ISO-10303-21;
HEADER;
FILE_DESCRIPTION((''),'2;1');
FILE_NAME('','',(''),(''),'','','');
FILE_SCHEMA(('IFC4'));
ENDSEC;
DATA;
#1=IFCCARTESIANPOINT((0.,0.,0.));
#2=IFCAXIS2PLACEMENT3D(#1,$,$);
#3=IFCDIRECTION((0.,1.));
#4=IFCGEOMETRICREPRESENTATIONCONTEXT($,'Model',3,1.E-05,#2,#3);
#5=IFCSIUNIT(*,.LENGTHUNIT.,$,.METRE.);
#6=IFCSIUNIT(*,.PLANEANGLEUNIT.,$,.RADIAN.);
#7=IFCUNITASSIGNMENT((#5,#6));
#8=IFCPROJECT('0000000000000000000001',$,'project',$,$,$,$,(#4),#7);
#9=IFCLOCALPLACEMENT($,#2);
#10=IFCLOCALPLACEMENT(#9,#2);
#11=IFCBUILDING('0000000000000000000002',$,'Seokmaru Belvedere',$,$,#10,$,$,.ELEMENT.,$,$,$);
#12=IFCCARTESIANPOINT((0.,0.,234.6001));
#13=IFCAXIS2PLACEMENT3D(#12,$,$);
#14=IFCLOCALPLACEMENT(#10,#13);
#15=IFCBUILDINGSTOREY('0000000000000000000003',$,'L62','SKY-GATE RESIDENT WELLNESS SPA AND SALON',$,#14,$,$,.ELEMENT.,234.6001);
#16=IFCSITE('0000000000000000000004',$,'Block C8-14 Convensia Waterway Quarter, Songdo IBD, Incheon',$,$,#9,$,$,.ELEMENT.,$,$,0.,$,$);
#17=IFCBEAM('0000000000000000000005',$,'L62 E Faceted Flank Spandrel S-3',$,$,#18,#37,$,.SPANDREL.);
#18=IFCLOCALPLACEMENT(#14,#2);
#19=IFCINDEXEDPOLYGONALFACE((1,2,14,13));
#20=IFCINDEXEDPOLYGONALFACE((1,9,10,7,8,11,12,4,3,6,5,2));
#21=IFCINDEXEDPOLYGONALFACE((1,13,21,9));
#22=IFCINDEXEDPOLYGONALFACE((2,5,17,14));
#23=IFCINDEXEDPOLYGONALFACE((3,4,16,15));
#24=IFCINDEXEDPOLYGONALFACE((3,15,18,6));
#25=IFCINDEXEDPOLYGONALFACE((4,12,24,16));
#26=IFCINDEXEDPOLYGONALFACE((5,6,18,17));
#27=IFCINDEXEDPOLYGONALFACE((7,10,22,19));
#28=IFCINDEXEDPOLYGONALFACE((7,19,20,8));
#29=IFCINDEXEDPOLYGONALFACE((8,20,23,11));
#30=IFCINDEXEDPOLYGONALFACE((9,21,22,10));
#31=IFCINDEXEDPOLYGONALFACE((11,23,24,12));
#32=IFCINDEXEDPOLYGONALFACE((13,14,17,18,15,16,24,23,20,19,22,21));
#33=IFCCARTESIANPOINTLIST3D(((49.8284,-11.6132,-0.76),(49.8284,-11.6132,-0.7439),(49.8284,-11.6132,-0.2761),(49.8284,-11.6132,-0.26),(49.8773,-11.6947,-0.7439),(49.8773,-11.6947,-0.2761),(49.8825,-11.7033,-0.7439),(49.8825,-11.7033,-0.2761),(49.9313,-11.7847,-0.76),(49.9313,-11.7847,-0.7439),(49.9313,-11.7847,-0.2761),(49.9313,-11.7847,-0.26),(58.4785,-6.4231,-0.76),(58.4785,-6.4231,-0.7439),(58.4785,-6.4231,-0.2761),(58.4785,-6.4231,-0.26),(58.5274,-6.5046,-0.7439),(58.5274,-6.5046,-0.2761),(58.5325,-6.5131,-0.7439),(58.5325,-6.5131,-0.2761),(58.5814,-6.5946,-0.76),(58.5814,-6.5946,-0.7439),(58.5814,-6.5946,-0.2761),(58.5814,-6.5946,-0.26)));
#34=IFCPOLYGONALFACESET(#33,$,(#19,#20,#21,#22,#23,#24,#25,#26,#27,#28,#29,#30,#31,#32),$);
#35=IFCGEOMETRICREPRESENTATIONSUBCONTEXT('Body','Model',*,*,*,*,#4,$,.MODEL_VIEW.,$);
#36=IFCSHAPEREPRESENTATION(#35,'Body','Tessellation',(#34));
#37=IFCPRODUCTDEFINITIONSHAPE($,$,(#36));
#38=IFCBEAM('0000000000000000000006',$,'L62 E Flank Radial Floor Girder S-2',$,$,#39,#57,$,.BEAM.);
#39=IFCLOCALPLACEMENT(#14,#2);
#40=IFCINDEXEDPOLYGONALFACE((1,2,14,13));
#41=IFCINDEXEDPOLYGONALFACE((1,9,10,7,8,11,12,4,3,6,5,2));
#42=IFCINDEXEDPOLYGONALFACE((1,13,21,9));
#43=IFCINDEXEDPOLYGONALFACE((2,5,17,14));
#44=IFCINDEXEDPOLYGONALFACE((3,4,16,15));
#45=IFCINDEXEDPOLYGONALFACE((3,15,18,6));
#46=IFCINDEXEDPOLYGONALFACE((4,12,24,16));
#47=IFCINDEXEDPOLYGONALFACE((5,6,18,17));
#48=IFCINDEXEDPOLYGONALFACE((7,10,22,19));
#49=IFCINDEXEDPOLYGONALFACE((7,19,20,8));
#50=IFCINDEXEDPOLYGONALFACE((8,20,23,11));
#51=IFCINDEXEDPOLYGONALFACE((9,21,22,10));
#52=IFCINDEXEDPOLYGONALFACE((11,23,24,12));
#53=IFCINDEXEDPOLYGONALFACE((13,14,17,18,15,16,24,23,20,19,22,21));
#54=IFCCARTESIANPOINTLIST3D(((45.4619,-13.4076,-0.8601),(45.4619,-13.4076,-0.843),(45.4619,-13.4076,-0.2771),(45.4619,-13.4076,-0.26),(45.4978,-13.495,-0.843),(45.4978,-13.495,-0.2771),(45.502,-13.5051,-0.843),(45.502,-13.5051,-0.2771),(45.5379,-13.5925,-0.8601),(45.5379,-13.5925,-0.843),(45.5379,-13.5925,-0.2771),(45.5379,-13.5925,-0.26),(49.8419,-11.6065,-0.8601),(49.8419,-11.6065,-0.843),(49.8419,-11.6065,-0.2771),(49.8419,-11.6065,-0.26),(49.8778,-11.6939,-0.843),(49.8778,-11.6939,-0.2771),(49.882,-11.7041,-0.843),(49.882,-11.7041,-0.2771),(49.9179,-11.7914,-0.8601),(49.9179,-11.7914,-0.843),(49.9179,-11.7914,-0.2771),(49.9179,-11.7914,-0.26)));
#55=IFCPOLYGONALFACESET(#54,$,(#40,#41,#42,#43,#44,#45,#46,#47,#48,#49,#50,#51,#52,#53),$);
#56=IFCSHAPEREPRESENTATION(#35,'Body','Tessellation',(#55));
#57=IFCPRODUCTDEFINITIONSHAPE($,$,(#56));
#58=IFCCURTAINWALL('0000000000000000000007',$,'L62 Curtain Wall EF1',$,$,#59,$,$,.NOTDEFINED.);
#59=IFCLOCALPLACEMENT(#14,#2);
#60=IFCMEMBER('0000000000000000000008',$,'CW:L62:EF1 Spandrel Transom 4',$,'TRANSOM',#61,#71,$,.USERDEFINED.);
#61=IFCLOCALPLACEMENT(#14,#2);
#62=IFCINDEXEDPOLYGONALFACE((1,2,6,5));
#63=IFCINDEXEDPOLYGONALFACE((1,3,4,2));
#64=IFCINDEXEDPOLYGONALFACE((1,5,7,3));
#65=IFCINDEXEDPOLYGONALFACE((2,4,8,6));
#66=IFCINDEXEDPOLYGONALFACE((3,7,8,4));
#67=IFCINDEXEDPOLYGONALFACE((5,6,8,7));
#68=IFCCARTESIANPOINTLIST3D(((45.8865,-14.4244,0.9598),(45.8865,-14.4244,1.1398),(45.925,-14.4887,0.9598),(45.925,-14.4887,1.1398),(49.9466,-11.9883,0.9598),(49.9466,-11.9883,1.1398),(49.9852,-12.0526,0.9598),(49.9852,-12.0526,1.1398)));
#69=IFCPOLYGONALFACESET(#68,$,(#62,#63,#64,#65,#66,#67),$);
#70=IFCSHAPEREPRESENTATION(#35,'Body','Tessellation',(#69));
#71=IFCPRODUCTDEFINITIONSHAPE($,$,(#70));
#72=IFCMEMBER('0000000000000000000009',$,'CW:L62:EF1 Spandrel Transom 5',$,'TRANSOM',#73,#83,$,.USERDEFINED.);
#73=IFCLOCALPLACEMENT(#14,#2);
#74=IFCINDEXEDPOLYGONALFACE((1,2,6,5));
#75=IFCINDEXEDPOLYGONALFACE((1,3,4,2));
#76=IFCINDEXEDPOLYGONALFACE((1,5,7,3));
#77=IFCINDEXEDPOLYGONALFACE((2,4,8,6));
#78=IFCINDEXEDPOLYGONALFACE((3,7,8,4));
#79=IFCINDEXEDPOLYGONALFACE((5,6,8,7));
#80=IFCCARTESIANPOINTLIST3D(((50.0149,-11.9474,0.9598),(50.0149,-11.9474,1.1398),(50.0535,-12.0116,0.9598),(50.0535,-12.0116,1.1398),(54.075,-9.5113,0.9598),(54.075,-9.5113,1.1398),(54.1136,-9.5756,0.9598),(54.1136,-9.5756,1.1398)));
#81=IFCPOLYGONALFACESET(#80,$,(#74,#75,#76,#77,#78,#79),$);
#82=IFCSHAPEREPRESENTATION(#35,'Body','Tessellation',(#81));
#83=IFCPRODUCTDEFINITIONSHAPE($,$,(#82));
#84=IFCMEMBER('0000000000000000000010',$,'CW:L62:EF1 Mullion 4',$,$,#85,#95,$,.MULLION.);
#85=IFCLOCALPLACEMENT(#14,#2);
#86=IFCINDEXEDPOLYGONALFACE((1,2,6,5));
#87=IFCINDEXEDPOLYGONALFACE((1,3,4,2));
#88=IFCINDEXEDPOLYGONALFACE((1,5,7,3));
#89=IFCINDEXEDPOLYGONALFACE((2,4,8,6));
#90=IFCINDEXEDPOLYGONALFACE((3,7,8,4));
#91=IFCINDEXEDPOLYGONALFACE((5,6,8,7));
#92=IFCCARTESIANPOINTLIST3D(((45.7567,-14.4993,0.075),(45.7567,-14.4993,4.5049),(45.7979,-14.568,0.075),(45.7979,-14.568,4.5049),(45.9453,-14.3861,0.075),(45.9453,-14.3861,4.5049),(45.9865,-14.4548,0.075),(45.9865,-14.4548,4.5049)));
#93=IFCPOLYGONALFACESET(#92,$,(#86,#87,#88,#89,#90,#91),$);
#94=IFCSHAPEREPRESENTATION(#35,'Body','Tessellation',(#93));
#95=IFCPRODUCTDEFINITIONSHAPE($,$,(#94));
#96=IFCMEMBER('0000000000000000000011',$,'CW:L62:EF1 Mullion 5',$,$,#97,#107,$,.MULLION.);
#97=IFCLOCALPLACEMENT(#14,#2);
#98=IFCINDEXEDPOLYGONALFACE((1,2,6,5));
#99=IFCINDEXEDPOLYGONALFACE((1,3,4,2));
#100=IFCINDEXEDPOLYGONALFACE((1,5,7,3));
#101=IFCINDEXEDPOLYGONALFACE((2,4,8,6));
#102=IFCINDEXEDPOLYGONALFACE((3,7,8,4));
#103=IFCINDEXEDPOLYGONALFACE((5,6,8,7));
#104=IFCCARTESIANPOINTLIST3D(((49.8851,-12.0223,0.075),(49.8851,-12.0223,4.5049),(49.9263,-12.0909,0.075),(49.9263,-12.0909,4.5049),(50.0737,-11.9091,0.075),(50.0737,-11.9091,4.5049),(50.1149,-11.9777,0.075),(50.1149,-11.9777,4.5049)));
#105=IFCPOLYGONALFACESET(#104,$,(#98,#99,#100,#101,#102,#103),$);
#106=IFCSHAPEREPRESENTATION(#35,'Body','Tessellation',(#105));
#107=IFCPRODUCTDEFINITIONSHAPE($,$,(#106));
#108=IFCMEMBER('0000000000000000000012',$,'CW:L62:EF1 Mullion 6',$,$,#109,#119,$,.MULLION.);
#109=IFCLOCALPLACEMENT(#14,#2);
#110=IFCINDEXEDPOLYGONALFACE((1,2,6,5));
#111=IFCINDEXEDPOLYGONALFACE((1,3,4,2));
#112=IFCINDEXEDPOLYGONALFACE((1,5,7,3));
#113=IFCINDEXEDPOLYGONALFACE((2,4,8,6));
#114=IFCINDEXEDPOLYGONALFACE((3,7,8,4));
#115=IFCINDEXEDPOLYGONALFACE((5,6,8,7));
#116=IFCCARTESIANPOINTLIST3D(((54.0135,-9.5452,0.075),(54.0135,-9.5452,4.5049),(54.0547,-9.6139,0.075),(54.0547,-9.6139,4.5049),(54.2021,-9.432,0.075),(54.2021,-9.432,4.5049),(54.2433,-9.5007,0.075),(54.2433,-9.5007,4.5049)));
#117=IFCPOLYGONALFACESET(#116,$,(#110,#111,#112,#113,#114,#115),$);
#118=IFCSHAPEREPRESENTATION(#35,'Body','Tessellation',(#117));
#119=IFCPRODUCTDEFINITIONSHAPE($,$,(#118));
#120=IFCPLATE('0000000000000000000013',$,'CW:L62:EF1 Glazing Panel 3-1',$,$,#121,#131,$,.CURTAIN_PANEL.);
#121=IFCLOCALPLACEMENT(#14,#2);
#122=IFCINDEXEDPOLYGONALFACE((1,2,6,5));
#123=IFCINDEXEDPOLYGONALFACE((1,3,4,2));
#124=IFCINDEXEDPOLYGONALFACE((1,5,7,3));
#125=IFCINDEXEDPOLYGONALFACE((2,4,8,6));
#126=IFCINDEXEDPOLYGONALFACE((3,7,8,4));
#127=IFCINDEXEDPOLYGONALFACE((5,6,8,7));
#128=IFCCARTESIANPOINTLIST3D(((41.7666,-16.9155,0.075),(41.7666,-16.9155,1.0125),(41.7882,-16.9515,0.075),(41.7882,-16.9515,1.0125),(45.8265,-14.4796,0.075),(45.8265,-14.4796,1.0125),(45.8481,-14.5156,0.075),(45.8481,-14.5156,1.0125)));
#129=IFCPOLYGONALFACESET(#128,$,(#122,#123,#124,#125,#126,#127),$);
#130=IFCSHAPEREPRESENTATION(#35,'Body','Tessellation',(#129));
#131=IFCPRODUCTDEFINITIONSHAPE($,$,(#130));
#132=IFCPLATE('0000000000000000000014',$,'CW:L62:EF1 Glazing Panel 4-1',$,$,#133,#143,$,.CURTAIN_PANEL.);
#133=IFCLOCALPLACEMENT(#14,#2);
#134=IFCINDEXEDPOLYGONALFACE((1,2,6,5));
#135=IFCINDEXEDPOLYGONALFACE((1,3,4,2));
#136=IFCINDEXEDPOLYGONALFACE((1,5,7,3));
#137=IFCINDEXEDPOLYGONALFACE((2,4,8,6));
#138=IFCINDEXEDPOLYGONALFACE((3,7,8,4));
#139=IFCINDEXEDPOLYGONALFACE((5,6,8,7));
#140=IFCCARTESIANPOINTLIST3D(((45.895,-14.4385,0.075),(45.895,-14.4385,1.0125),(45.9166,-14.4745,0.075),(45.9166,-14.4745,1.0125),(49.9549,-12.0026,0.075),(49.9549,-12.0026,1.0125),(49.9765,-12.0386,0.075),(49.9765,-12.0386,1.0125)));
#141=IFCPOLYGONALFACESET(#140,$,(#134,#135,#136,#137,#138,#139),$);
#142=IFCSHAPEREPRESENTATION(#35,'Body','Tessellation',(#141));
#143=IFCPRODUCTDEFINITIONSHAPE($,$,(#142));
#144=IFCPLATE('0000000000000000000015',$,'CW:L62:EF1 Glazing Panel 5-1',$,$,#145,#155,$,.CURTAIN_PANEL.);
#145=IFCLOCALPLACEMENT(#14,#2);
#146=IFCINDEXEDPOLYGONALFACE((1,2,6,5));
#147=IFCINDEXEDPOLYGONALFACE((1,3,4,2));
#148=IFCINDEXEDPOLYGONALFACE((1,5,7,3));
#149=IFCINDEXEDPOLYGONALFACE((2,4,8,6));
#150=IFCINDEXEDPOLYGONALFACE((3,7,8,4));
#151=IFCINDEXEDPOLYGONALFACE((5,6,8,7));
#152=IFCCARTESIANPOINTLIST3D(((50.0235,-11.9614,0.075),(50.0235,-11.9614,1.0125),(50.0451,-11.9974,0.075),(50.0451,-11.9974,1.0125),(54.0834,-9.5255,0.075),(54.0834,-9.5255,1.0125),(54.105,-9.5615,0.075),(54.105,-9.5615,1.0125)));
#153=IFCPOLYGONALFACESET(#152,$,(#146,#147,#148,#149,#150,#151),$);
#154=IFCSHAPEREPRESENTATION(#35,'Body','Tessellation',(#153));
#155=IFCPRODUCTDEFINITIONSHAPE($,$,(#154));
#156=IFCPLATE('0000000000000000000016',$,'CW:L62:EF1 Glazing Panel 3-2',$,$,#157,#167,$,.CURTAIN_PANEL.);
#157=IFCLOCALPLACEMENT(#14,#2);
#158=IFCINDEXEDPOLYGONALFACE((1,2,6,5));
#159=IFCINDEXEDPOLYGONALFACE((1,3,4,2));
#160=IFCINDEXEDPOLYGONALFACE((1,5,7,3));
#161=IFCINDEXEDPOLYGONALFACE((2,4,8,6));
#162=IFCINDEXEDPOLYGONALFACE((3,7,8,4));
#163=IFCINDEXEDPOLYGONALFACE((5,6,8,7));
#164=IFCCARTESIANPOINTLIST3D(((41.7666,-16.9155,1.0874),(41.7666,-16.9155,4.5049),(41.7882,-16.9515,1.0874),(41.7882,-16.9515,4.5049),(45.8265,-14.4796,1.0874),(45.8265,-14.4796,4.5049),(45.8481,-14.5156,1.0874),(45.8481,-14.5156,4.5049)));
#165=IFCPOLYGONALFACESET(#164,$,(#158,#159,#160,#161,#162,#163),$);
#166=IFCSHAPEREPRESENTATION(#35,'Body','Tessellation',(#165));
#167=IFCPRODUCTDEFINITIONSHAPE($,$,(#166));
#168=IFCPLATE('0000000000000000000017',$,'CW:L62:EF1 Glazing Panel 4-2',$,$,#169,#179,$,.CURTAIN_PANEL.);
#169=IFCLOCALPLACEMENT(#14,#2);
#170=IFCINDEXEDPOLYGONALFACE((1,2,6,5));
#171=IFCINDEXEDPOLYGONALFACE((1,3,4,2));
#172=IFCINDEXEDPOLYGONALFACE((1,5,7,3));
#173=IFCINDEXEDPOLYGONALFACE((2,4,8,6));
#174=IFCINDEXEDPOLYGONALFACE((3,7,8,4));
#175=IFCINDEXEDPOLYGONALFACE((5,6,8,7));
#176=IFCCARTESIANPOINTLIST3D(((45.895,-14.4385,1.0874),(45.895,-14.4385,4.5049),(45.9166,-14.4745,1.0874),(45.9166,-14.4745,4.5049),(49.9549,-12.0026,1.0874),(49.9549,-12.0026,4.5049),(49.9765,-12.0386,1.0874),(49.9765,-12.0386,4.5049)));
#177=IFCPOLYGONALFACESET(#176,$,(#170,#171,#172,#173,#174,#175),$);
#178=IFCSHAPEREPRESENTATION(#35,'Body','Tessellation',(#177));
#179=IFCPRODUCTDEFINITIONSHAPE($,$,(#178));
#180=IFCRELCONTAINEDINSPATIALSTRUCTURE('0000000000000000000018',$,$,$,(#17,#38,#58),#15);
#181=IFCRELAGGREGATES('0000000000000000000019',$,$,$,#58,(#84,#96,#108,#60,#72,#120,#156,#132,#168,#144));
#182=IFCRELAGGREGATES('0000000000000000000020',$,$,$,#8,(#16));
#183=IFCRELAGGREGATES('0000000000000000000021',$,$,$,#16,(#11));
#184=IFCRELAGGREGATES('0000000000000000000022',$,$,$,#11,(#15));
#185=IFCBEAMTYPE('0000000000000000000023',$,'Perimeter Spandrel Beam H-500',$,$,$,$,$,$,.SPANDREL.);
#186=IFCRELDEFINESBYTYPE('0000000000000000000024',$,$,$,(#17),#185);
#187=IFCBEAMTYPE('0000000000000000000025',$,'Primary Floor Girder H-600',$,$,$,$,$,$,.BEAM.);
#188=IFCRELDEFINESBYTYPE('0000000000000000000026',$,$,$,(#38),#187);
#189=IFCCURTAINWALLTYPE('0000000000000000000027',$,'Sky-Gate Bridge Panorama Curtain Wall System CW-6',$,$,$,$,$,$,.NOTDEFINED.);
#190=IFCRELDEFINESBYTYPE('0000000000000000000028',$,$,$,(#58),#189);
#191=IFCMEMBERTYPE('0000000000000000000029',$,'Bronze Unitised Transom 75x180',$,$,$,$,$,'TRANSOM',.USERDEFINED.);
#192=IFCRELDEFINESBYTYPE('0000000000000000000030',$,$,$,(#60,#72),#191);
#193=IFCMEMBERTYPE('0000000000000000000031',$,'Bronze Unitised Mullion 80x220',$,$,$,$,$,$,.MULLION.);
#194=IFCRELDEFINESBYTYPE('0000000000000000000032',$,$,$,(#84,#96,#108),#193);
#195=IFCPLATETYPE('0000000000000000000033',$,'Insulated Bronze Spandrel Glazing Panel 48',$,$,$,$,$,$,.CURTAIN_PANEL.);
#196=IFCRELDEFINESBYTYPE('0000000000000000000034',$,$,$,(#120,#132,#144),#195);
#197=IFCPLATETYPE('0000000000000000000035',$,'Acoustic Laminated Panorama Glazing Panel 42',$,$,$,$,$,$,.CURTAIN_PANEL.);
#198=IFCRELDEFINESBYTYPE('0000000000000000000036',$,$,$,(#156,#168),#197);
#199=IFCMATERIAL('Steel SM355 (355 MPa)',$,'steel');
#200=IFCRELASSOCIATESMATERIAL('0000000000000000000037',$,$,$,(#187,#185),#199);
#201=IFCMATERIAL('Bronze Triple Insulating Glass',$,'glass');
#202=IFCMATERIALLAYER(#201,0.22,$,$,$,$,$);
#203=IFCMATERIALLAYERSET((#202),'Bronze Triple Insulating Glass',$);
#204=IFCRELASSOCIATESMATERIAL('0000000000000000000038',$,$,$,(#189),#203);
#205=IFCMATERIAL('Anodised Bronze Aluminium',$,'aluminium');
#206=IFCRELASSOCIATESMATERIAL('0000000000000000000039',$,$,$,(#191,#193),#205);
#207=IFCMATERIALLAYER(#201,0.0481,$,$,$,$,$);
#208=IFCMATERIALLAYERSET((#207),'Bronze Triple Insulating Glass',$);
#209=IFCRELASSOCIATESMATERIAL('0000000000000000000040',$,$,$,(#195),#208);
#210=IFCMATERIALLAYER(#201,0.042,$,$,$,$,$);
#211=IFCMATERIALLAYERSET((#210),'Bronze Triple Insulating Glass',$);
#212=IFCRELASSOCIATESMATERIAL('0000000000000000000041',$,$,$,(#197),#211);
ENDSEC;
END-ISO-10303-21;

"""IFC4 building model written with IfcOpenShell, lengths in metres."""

from ifc_helpers import new_model, si_unit, direction, frame, origin, origin_2d, place, context, subcontext, project, spatial, rectangle, i_section, extrude, source, transform, mapped, material, layer, layer_set, material_profile, profile_set, type_object, type_shapes, element, aggregate, save


model = new_model("IFC4")

# Units and contexts
model_context = context("Model", 3, precision=1e-05, world=origin(), true_north=direction((0.0, 1.0)))
body_context = subcontext(model_context, "Body", "Model", "MODEL_VIEW")
ifc_project = project(units=[si_unit("LENGTHUNIT", "METRE"), si_unit("PLANEANGLEUNIT", "RADIAN")], contexts=[model_context])

# Site, building, storey
site_placement = place(None, origin())
site = spatial("IfcSite", under=ifc_project, at=site_placement, Name="Block C8-14 Convensia Waterway Quarter, Songdo IBD, Incheon", CompositionType="ELEMENT", RefElevation=0.0)
building_placement = place(site_placement, origin())
building = spatial("IfcBuilding", under=site, at=building_placement, Name="Seokmaru Belvedere", CompositionType="ELEMENT")
storey_placement = place(building_placement, frame((0.0, 0.0, 234.6001)))
storey = spatial("IfcBuildingStorey", under=building, at=storey_placement, Name="L62", Description="SKY-GATE RESIDENT WELLNESS SPA AND SALON", CompositionType="ELEMENT", Elevation=234.6001)

# Shared definitions
ifc_material_1 = material(Name="Steel SM355 (355 MPa)", Category="steel")

# Beams
ifc_material_profile_1 = material_profile(ifc_material_1, i_section(OverallWidth=0.2, OverallDepth=0.6001, WebThickness=0.011, FlangeThickness=0.0171, at=origin_2d()), Name="H-600x200x11x17")
ifc_profile_set_1 = profile_set([ifc_material_profile_1], Name="Steel SM355 (355 MPa)")
beam_type_1 = type_object("IfcBeamType", Name="Primary Floor Girder H-600", PredefinedType="BEAM", material=ifc_profile_set_1)
ifc_material_profile_2 = material_profile(ifc_material_1, i_section(OverallWidth=0.2, OverallDepth=0.5, WebThickness=0.01, FlangeThickness=0.0161, at=origin_2d()), Name="H-500x200x10x16")
ifc_profile_set_2 = profile_set([ifc_material_profile_2], Name="Steel SM355 (355 MPa)")
beam_type_2 = type_object("IfcBeamType", Name="Perimeter Spandrel Beam H-500", PredefinedType="SPANDREL", material=ifc_profile_set_2)
shared_shape_1 = source(origin(), body_context, "Body", "SweptSolid", [
    extrude(i_section(OverallWidth=0.2, OverallDepth=0.5, WebThickness=0.01, FlangeThickness=0.0161, at=origin_2d()), origin(), (0.0, 0.0, 1.0), 10.0876),
])
type_shapes(beam_type_2, [shared_shape_1])
beam_1_placement = place(storey_placement, frame((49.8799, -11.699, -0.51), z_axis=(0.857489, 0.514503, 0.0), x_axis=(-0.514503, 0.857489, 0.0)))
element("IfcBeam", 1, at=beam_1_placement, inside=storey, type_object=beam_type_2, Name="L62 E Faceted Flank Spandrel S-3", PredefinedType="SPANDREL", context=body_context, shape_type="MappedRepresentation", body=[
    mapped(shared_shape_1, transform((0.0, 0.0, 0.0), scale=1.0)),
])
shared_shape_2 = source(origin(), body_context, "Body", "SweptSolid", [
    extrude(i_section(OverallWidth=0.2, OverallDepth=0.6001, WebThickness=0.011, FlangeThickness=0.0171, at=origin_2d()), origin(), (0.0, 0.0, 1.0), 4.7358),
])
beam_2_placement = place(storey_placement, frame((49.8799, -11.699, -0.5601), z_axis=(-0.924861, -0.380306, 0.0), x_axis=(0.380306, -0.924861, 0.0)))
element("IfcBeam", 2, at=beam_2_placement, inside=storey, type_object=beam_type_1, Name="L62 E Flank Radial Floor Girder S-2", PredefinedType="BEAM", context=body_context, shape_type="MappedRepresentation", body=[
    mapped(shared_shape_2, transform((0.0, 0.0, 0.0), scale=1.0)),
])

# Curtain wall, members, plates
ifc_material_2 = material(Name="Bronze Triple Insulating Glass", Category="glass")
ifc_layer_1 = layer(ifc_material_2, 0.22)
ifc_layer_set_1 = layer_set([ifc_layer_1], Name="Bronze Triple Insulating Glass")
curtain_wall_type = type_object("IfcCurtainWallType", Name="Sky-Gate Bridge Panorama Curtain Wall System CW-6", PredefinedType="NOTDEFINED", material=ifc_layer_set_1)
curtain_wall_placement = place(storey_placement, origin())
curtain_wall = element("IfcCurtainWall", 3, at=curtain_wall_placement, inside=storey, type_object=curtain_wall_type, Name="L62 Curtain Wall EF1", PredefinedType="NOTDEFINED")
ifc_material_3 = material(Name="Anodised Bronze Aluminium", Category="aluminium")
ifc_material_profile_3 = material_profile(ifc_material_3, rectangle(XDim=0.075, YDim=0.1799, at=origin_2d()), Name="CW-T-75x180")
ifc_profile_set_3 = profile_set([ifc_material_profile_3], Name="Anodised Bronze Aluminium")
member_type_1 = type_object("IfcMemberType", Name="Bronze Unitised Transom 75x180", ElementType="TRANSOM", PredefinedType="USERDEFINED", material=ifc_profile_set_3)
shared_shape_3 = source(origin(), body_context, "Body", "SweptSolid", [
    extrude(rectangle(XDim=0.075, YDim=0.1799, at=origin_2d()), origin(), (0.0, 0.0, 1.0), 4.7349),
])
type_shapes(member_type_1, [shared_shape_3])
member_1_placement = place(storey_placement, frame((45.9058, -14.4565, 1.0498), z_axis=(0.857493, 0.514496, 0.0), x_axis=(-0.514496, 0.857493, 0.0)))
member_1 = element("IfcMember", 4, at=member_1_placement, type_object=member_type_1, Name="CW:L62:EF1 Spandrel Transom 4", ObjectType="TRANSOM", PredefinedType="USERDEFINED", context=body_context, shape_type="MappedRepresentation", body=[
    mapped(shared_shape_3, transform((0.0, 0.0, 0.0), scale=1.0)),
])
member_2_placement = place(storey_placement, frame((50.0342, -11.9795, 1.0498), z_axis=(0.857493, 0.514496, 0.0), x_axis=(-0.514496, 0.857493, 0.0)))
member_2 = element("IfcMember", 5, at=member_2_placement, type_object=member_type_1, Name="CW:L62:EF1 Spandrel Transom 5", ObjectType="TRANSOM", PredefinedType="USERDEFINED", context=body_context, shape_type="MappedRepresentation", body=[
    mapped(shared_shape_3, transform((0.0, 0.0, 0.0), scale=1.0)),
])
ifc_material_profile_4 = material_profile(ifc_material_3, rectangle(XDim=0.0801, YDim=0.22, at=origin_2d()), Name="CW-M-80x220")
ifc_profile_set_4 = profile_set([ifc_material_profile_4], Name="Anodised Bronze Aluminium")
member_type_2 = type_object("IfcMemberType", Name="Bronze Unitised Mullion 80x220", PredefinedType="MULLION", material=ifc_profile_set_4)
shared_shape_4 = source(origin(), body_context, "Body", "SweptSolid", [
    extrude(rectangle(XDim=0.0801, YDim=0.22, at=origin_2d()), origin(), (0.0, 0.0, 1.0), 4.4299),
])
type_shapes(member_type_2, [shared_shape_4])
member_3_placement = place(storey_placement, frame((45.8716, -14.4771, 0.075), z_axis=(0.0, 0.0, 1.0), x_axis=(-0.514495, 0.857493, 0.0)))
member_3 = element("IfcMember", 6, at=member_3_placement, type_object=member_type_2, Name="CW:L62:EF1 Mullion 4", PredefinedType="MULLION", context=body_context, shape_type="MappedRepresentation", body=[
    mapped(shared_shape_4, transform((0.0, 0.0, 0.0), scale=1.0)),
])
member_4_placement = place(storey_placement, frame((50.0, -12.0, 0.075), z_axis=(0.0, 0.0, 1.0), x_axis=(-0.514495, 0.857493, 0.0)))
member_4 = element("IfcMember", 7, at=member_4_placement, type_object=member_type_2, Name="CW:L62:EF1 Mullion 5", PredefinedType="MULLION", context=body_context, shape_type="MappedRepresentation", body=[
    mapped(shared_shape_4, transform((0.0, 0.0, 0.0), scale=1.0)),
])
member_5_placement = place(storey_placement, frame((54.1284, -9.5229, 0.075), z_axis=(0.0, 0.0, 1.0), x_axis=(-0.514495, 0.857493, 0.0)))
member_5 = element("IfcMember", 8, at=member_5_placement, type_object=member_type_2, Name="CW:L62:EF1 Mullion 6", PredefinedType="MULLION", context=body_context, shape_type="MappedRepresentation", body=[
    mapped(shared_shape_4, transform((0.0, 0.0, 0.0), scale=1.0)),
])
ifc_layer_2 = layer(ifc_material_2, 0.0481)
ifc_layer_set_2 = layer_set([ifc_layer_2], Name="Bronze Triple Insulating Glass")
plate_type_1 = type_object("IfcPlateType", Name="Insulated Bronze Spandrel Glazing Panel 48", PredefinedType="CURTAIN_PANEL", material=ifc_layer_set_2)
shared_shape_5 = source(origin(), body_context, "Body", "SweptSolid", [
    extrude(rectangle(XDim=4.7346, YDim=0.042, at=origin_2d()), origin(), (0.0, 0.0, 1.0), 0.9375),
])
type_shapes(plate_type_1, [shared_shape_5])
plate_1_placement = place(storey_placement, frame((43.8074, -15.7156, 0.075), z_axis=(0.0, 0.0, 1.0), x_axis=(0.857493, 0.514495, 0.0)))
plate_1 = element("IfcPlate", 9, at=plate_1_placement, type_object=plate_type_1, Name="CW:L62:EF1 Glazing Panel 3-1", PredefinedType="CURTAIN_PANEL", context=body_context, shape_type="MappedRepresentation", body=[
    mapped(shared_shape_5, transform((0.0, 0.0, 0.0), scale=1.0)),
])
plate_2_placement = place(storey_placement, frame((47.9358, -13.2385, 0.075), z_axis=(0.0, 0.0, 1.0), x_axis=(0.857493, 0.514495, 0.0)))
plate_2 = element("IfcPlate", 10, at=plate_2_placement, type_object=plate_type_1, Name="CW:L62:EF1 Glazing Panel 4-1", PredefinedType="CURTAIN_PANEL", context=body_context, shape_type="MappedRepresentation", body=[
    mapped(shared_shape_5, transform((0.0, 0.0, 0.0), scale=1.0)),
])
plate_3_placement = place(storey_placement, frame((52.0642, -10.7615, 0.075), z_axis=(0.0, 0.0, 1.0), x_axis=(0.857493, 0.514495, 0.0)))
plate_3 = element("IfcPlate", 11, at=plate_3_placement, type_object=plate_type_1, Name="CW:L62:EF1 Glazing Panel 5-1", PredefinedType="CURTAIN_PANEL", context=body_context, shape_type="MappedRepresentation", body=[
    mapped(shared_shape_5, transform((0.0, 0.0, 0.0), scale=1.0)),
])
ifc_layer_3 = layer(ifc_material_2, 0.042)
ifc_layer_set_3 = layer_set([ifc_layer_3], Name="Bronze Triple Insulating Glass")
plate_type_2 = type_object("IfcPlateType", Name="Acoustic Laminated Panorama Glazing Panel 42", PredefinedType="CURTAIN_PANEL", material=ifc_layer_set_3)
shared_shape_6 = source(origin(), body_context, "Body", "SweptSolid", [
    extrude(rectangle(XDim=4.7346, YDim=0.042, at=origin_2d()), origin(), (0.0, 0.0, 1.0), 3.4175),
])
type_shapes(plate_type_2, [shared_shape_6])
plate_4_placement = place(storey_placement, frame((43.8074, -15.7156, 1.0874), z_axis=(0.0, 0.0, 1.0), x_axis=(0.857493, 0.514495, 0.0)))
plate_4 = element("IfcPlate", 12, at=plate_4_placement, type_object=plate_type_2, Name="CW:L62:EF1 Glazing Panel 3-2", PredefinedType="CURTAIN_PANEL", context=body_context, shape_type="MappedRepresentation", body=[
    mapped(shared_shape_6, transform((0.0, 0.0, 0.0), scale=1.0)),
])
plate_5_placement = place(storey_placement, frame((47.9358, -13.2385, 1.0874), z_axis=(0.0, 0.0, 1.0), x_axis=(0.857493, 0.514495, 0.0)))
plate_5 = element("IfcPlate", 13, at=plate_5_placement, type_object=plate_type_2, Name="CW:L62:EF1 Glazing Panel 4-2", PredefinedType="CURTAIN_PANEL", context=body_context, shape_type="MappedRepresentation", body=[
    mapped(shared_shape_6, transform((0.0, 0.0, 0.0), scale=1.0)),
])
aggregate(curtain_wall, [member_3, member_4, member_5, member_1, member_2, plate_1, plate_4, plate_2, plate_5, plate_3])

save(model, "model.ifc")
